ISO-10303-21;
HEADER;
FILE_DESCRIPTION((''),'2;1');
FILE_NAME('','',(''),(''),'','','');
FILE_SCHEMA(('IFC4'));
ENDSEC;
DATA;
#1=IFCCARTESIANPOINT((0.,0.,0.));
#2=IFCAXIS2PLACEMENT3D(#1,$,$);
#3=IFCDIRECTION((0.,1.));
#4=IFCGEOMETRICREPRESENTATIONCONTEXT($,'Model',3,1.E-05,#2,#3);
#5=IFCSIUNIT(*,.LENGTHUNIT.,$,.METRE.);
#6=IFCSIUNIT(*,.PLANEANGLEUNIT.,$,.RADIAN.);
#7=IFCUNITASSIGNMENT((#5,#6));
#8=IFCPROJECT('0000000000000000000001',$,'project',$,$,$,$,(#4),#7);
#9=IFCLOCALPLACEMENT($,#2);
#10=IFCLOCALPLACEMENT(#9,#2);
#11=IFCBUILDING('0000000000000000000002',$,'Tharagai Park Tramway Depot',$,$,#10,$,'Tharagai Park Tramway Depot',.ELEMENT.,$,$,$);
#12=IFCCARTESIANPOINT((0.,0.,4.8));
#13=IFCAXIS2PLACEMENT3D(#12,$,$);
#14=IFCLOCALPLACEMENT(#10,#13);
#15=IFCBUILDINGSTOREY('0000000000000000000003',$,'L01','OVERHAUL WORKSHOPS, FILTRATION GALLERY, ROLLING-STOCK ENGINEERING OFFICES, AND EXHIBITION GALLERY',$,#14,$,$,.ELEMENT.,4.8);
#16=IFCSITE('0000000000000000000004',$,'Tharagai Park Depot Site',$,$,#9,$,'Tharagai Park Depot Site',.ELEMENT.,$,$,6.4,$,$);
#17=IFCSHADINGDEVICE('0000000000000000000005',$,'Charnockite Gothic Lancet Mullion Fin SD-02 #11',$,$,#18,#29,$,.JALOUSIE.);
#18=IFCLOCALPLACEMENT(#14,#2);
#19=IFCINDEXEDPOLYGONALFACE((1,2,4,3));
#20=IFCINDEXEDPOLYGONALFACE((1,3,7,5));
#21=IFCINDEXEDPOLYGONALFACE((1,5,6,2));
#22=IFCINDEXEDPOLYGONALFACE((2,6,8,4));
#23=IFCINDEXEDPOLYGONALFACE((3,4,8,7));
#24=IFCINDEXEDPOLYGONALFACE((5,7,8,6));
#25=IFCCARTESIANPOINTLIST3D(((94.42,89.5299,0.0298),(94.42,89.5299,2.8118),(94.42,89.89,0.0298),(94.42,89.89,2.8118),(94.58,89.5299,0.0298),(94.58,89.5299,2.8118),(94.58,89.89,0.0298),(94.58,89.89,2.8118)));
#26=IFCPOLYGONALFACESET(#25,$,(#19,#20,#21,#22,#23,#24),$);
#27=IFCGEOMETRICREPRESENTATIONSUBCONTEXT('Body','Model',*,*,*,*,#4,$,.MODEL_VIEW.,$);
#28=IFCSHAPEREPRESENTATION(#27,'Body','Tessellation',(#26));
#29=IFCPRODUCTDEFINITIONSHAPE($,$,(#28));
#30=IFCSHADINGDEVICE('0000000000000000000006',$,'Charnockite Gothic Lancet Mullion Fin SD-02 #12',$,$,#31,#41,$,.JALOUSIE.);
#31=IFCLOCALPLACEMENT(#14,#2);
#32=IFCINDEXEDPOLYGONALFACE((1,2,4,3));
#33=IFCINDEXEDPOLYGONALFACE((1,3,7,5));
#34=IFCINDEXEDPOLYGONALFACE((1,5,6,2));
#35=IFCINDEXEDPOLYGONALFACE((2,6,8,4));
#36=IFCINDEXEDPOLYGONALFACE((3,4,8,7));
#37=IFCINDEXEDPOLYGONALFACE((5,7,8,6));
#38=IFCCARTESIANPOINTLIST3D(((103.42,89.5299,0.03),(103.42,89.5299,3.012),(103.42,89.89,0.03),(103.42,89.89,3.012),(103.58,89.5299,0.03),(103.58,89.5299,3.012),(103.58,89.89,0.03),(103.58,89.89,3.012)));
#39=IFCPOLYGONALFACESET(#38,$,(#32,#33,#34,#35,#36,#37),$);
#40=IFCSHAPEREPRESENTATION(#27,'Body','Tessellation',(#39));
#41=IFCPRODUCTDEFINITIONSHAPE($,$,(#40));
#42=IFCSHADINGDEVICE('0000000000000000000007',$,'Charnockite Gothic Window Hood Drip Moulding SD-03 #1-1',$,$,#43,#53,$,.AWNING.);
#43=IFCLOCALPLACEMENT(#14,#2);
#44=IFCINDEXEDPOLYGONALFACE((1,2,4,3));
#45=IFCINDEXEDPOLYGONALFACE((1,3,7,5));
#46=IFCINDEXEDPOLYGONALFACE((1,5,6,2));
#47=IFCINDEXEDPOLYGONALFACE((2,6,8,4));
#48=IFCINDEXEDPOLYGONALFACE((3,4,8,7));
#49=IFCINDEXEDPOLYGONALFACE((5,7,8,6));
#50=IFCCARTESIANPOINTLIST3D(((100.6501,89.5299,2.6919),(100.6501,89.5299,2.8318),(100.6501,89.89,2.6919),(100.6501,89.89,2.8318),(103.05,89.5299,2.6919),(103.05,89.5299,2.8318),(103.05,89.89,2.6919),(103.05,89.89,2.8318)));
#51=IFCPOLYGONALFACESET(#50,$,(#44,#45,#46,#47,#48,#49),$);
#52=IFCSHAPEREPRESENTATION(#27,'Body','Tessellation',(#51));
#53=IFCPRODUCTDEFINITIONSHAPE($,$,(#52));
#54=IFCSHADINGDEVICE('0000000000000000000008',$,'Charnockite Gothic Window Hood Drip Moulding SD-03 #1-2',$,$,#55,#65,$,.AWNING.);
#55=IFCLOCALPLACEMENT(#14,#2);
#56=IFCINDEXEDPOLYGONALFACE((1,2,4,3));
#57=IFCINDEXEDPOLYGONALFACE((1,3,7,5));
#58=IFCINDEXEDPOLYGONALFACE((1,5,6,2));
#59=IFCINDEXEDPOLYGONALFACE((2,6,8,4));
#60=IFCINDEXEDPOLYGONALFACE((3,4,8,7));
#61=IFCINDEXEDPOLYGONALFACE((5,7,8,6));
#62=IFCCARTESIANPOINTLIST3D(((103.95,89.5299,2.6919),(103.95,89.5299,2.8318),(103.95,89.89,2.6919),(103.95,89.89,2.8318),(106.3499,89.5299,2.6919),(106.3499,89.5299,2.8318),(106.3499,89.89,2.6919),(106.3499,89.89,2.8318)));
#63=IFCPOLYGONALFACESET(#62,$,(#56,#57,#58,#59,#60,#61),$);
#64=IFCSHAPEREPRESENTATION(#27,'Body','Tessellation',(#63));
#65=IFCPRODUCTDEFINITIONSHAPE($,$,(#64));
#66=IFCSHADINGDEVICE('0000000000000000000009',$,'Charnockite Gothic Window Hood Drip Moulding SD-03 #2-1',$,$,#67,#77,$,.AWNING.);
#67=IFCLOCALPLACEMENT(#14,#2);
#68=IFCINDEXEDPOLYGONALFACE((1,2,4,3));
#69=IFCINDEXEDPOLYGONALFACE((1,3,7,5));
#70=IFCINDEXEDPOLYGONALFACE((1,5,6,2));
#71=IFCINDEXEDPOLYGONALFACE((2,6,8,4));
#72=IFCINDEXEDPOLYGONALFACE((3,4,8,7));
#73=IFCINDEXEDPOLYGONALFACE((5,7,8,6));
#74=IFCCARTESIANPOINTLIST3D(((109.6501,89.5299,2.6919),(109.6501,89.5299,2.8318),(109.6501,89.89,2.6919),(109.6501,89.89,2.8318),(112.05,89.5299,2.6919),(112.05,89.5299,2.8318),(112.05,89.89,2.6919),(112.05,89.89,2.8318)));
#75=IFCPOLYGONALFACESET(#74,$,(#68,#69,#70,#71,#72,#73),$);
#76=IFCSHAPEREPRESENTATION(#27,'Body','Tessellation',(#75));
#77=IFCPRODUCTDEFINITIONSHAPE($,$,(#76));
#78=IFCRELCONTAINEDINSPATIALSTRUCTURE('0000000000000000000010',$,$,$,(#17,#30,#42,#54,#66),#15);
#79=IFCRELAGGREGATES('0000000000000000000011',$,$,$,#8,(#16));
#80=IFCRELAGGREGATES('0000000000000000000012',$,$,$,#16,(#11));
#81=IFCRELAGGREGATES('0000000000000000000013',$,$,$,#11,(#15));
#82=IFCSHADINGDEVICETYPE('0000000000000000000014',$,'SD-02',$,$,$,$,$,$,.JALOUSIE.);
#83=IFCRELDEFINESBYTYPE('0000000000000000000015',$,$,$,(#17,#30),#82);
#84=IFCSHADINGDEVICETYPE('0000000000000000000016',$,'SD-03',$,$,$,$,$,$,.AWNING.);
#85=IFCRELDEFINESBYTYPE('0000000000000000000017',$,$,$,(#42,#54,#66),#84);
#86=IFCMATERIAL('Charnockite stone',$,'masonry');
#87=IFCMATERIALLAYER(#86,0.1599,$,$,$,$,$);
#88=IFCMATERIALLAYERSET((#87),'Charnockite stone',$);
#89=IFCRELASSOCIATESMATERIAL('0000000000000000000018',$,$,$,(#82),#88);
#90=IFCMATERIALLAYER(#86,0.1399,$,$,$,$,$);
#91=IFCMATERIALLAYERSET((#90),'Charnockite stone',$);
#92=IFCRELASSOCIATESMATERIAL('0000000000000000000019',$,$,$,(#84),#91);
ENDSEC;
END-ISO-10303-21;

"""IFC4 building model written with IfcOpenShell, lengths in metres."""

from ifc_helpers import new_model, si_unit, direction, frame, origin, origin_2d, place, context, subcontext, project, spatial, rectangle, extrude, material, layer, layer_set, type_object, element, save


model = new_model("IFC4")

# Units and contexts
model_context = context("Model", 3, precision=1e-05, world=origin(), true_north=direction((0.0, 1.0)))
body_context = subcontext(model_context, "Body", "Model", "MODEL_VIEW")
ifc_project = project(units=[si_unit("LENGTHUNIT", "METRE"), si_unit("PLANEANGLEUNIT", "RADIAN")], contexts=[model_context])

# Site, building, storey
site_placement = place(None, origin())
site = spatial("IfcSite", under=ifc_project, at=site_placement, Name="Tharagai Park Depot Site", LongName="Tharagai Park Depot Site", CompositionType="ELEMENT", RefElevation=6.4)
building_placement = place(site_placement, origin())
building = spatial("IfcBuilding", under=site, at=building_placement, Name="Tharagai Park Tramway Depot", LongName="Tharagai Park Tramway Depot", CompositionType="ELEMENT")
storey_placement = place(building_placement, frame((0.0, 0.0, 4.8)))
storey = spatial("IfcBuildingStorey", under=building, at=storey_placement, Name="L01", Description="OVERHAUL WORKSHOPS, FILTRATION GALLERY, ROLLING-STOCK ENGINEERING OFFICES, AND EXHIBITION GALLERY", CompositionType="ELEMENT", Elevation=4.8)

# Shading devices
ifc_material_1 = material(Name="Charnockite stone", Category="masonry")
ifc_layer_1 = layer(ifc_material_1, 0.1599)
ifc_layer_set_1 = layer_set([ifc_layer_1], Name="Charnockite stone")
shading_device_type_1 = type_object("IfcShadingDeviceType", Name="SD-02", PredefinedType="JALOUSIE", material=ifc_layer_set_1)
shading_device_1_placement = place(storey_placement, frame((94.5, 89.71, 0.0298), z_axis=(0.0, 0.0, 1.0), x_axis=(1.0, 0.0, 0.0)))
element("IfcShadingDevice", 1, at=shading_device_1_placement, inside=storey, type_object=shading_device_type_1, Name="Charnockite Gothic Lancet Mullion Fin SD-02 #11", PredefinedType="JALOUSIE", context=body_context, shape_type="SweptSolid", body=[
    extrude(rectangle(XDim=0.1599, YDim=0.3601, at=origin_2d()), origin(), (0.0, 0.0, 1.0), 2.782),
])
shading_device_2_placement = place(storey_placement, frame((103.5, 89.71, 0.03), z_axis=(0.0, 0.0, 1.0), x_axis=(1.0, 0.0, 0.0)))
element("IfcShadingDevice", 2, at=shading_device_2_placement, inside=storey, type_object=shading_device_type_1, Name="Charnockite Gothic Lancet Mullion Fin SD-02 #12", PredefinedType="JALOUSIE", context=body_context, shape_type="SweptSolid", body=[
    extrude(rectangle(XDim=0.1599, YDim=0.3601, at=origin_2d()), origin(), (0.0, 0.0, 1.0), 2.9819),
])
ifc_layer_2 = layer(ifc_material_1, 0.1399)
ifc_layer_set_2 = layer_set([ifc_layer_2], Name="Charnockite stone")
shading_device_type_2 = type_object("IfcShadingDeviceType", Name="SD-03", PredefinedType="AWNING", material=ifc_layer_set_2)
for number, where, z_axis, x_axis, name in (
    (3, (101.8501, 89.71, 2.6919), (0.0, 0.0, 1.0), (1.0, 0.0, 0.0), "Charnockite Gothic Window Hood Drip Moulding SD-03 #1-1"),
    (4, (105.1499, 89.71, 2.6919), (0.0, 0.0, 1.0), (1.0, 0.0, 0.0), "Charnockite Gothic Window Hood Drip Moulding SD-03 #1-2"),
    (5, (110.8501, 89.71, 2.6919), (0.0, 0.0, 1.0), (1.0, 0.0, 0.0), "Charnockite Gothic Window Hood Drip Moulding SD-03 #2-1"),
):
    element("IfcShadingDevice", number, at=place(storey_placement, frame(where, z_axis=z_axis, x_axis=x_axis)), inside=storey, type_object=shading_device_type_2, Name=name, PredefinedType="AWNING", context=body_context, shape_type="SweptSolid", body=[
        extrude(rectangle(XDim=2.3999, YDim=0.3601, at=origin_2d()), origin(), (0.0, 0.0, 1.0), 0.1399),
    ])

save(model, "model.ifc")
